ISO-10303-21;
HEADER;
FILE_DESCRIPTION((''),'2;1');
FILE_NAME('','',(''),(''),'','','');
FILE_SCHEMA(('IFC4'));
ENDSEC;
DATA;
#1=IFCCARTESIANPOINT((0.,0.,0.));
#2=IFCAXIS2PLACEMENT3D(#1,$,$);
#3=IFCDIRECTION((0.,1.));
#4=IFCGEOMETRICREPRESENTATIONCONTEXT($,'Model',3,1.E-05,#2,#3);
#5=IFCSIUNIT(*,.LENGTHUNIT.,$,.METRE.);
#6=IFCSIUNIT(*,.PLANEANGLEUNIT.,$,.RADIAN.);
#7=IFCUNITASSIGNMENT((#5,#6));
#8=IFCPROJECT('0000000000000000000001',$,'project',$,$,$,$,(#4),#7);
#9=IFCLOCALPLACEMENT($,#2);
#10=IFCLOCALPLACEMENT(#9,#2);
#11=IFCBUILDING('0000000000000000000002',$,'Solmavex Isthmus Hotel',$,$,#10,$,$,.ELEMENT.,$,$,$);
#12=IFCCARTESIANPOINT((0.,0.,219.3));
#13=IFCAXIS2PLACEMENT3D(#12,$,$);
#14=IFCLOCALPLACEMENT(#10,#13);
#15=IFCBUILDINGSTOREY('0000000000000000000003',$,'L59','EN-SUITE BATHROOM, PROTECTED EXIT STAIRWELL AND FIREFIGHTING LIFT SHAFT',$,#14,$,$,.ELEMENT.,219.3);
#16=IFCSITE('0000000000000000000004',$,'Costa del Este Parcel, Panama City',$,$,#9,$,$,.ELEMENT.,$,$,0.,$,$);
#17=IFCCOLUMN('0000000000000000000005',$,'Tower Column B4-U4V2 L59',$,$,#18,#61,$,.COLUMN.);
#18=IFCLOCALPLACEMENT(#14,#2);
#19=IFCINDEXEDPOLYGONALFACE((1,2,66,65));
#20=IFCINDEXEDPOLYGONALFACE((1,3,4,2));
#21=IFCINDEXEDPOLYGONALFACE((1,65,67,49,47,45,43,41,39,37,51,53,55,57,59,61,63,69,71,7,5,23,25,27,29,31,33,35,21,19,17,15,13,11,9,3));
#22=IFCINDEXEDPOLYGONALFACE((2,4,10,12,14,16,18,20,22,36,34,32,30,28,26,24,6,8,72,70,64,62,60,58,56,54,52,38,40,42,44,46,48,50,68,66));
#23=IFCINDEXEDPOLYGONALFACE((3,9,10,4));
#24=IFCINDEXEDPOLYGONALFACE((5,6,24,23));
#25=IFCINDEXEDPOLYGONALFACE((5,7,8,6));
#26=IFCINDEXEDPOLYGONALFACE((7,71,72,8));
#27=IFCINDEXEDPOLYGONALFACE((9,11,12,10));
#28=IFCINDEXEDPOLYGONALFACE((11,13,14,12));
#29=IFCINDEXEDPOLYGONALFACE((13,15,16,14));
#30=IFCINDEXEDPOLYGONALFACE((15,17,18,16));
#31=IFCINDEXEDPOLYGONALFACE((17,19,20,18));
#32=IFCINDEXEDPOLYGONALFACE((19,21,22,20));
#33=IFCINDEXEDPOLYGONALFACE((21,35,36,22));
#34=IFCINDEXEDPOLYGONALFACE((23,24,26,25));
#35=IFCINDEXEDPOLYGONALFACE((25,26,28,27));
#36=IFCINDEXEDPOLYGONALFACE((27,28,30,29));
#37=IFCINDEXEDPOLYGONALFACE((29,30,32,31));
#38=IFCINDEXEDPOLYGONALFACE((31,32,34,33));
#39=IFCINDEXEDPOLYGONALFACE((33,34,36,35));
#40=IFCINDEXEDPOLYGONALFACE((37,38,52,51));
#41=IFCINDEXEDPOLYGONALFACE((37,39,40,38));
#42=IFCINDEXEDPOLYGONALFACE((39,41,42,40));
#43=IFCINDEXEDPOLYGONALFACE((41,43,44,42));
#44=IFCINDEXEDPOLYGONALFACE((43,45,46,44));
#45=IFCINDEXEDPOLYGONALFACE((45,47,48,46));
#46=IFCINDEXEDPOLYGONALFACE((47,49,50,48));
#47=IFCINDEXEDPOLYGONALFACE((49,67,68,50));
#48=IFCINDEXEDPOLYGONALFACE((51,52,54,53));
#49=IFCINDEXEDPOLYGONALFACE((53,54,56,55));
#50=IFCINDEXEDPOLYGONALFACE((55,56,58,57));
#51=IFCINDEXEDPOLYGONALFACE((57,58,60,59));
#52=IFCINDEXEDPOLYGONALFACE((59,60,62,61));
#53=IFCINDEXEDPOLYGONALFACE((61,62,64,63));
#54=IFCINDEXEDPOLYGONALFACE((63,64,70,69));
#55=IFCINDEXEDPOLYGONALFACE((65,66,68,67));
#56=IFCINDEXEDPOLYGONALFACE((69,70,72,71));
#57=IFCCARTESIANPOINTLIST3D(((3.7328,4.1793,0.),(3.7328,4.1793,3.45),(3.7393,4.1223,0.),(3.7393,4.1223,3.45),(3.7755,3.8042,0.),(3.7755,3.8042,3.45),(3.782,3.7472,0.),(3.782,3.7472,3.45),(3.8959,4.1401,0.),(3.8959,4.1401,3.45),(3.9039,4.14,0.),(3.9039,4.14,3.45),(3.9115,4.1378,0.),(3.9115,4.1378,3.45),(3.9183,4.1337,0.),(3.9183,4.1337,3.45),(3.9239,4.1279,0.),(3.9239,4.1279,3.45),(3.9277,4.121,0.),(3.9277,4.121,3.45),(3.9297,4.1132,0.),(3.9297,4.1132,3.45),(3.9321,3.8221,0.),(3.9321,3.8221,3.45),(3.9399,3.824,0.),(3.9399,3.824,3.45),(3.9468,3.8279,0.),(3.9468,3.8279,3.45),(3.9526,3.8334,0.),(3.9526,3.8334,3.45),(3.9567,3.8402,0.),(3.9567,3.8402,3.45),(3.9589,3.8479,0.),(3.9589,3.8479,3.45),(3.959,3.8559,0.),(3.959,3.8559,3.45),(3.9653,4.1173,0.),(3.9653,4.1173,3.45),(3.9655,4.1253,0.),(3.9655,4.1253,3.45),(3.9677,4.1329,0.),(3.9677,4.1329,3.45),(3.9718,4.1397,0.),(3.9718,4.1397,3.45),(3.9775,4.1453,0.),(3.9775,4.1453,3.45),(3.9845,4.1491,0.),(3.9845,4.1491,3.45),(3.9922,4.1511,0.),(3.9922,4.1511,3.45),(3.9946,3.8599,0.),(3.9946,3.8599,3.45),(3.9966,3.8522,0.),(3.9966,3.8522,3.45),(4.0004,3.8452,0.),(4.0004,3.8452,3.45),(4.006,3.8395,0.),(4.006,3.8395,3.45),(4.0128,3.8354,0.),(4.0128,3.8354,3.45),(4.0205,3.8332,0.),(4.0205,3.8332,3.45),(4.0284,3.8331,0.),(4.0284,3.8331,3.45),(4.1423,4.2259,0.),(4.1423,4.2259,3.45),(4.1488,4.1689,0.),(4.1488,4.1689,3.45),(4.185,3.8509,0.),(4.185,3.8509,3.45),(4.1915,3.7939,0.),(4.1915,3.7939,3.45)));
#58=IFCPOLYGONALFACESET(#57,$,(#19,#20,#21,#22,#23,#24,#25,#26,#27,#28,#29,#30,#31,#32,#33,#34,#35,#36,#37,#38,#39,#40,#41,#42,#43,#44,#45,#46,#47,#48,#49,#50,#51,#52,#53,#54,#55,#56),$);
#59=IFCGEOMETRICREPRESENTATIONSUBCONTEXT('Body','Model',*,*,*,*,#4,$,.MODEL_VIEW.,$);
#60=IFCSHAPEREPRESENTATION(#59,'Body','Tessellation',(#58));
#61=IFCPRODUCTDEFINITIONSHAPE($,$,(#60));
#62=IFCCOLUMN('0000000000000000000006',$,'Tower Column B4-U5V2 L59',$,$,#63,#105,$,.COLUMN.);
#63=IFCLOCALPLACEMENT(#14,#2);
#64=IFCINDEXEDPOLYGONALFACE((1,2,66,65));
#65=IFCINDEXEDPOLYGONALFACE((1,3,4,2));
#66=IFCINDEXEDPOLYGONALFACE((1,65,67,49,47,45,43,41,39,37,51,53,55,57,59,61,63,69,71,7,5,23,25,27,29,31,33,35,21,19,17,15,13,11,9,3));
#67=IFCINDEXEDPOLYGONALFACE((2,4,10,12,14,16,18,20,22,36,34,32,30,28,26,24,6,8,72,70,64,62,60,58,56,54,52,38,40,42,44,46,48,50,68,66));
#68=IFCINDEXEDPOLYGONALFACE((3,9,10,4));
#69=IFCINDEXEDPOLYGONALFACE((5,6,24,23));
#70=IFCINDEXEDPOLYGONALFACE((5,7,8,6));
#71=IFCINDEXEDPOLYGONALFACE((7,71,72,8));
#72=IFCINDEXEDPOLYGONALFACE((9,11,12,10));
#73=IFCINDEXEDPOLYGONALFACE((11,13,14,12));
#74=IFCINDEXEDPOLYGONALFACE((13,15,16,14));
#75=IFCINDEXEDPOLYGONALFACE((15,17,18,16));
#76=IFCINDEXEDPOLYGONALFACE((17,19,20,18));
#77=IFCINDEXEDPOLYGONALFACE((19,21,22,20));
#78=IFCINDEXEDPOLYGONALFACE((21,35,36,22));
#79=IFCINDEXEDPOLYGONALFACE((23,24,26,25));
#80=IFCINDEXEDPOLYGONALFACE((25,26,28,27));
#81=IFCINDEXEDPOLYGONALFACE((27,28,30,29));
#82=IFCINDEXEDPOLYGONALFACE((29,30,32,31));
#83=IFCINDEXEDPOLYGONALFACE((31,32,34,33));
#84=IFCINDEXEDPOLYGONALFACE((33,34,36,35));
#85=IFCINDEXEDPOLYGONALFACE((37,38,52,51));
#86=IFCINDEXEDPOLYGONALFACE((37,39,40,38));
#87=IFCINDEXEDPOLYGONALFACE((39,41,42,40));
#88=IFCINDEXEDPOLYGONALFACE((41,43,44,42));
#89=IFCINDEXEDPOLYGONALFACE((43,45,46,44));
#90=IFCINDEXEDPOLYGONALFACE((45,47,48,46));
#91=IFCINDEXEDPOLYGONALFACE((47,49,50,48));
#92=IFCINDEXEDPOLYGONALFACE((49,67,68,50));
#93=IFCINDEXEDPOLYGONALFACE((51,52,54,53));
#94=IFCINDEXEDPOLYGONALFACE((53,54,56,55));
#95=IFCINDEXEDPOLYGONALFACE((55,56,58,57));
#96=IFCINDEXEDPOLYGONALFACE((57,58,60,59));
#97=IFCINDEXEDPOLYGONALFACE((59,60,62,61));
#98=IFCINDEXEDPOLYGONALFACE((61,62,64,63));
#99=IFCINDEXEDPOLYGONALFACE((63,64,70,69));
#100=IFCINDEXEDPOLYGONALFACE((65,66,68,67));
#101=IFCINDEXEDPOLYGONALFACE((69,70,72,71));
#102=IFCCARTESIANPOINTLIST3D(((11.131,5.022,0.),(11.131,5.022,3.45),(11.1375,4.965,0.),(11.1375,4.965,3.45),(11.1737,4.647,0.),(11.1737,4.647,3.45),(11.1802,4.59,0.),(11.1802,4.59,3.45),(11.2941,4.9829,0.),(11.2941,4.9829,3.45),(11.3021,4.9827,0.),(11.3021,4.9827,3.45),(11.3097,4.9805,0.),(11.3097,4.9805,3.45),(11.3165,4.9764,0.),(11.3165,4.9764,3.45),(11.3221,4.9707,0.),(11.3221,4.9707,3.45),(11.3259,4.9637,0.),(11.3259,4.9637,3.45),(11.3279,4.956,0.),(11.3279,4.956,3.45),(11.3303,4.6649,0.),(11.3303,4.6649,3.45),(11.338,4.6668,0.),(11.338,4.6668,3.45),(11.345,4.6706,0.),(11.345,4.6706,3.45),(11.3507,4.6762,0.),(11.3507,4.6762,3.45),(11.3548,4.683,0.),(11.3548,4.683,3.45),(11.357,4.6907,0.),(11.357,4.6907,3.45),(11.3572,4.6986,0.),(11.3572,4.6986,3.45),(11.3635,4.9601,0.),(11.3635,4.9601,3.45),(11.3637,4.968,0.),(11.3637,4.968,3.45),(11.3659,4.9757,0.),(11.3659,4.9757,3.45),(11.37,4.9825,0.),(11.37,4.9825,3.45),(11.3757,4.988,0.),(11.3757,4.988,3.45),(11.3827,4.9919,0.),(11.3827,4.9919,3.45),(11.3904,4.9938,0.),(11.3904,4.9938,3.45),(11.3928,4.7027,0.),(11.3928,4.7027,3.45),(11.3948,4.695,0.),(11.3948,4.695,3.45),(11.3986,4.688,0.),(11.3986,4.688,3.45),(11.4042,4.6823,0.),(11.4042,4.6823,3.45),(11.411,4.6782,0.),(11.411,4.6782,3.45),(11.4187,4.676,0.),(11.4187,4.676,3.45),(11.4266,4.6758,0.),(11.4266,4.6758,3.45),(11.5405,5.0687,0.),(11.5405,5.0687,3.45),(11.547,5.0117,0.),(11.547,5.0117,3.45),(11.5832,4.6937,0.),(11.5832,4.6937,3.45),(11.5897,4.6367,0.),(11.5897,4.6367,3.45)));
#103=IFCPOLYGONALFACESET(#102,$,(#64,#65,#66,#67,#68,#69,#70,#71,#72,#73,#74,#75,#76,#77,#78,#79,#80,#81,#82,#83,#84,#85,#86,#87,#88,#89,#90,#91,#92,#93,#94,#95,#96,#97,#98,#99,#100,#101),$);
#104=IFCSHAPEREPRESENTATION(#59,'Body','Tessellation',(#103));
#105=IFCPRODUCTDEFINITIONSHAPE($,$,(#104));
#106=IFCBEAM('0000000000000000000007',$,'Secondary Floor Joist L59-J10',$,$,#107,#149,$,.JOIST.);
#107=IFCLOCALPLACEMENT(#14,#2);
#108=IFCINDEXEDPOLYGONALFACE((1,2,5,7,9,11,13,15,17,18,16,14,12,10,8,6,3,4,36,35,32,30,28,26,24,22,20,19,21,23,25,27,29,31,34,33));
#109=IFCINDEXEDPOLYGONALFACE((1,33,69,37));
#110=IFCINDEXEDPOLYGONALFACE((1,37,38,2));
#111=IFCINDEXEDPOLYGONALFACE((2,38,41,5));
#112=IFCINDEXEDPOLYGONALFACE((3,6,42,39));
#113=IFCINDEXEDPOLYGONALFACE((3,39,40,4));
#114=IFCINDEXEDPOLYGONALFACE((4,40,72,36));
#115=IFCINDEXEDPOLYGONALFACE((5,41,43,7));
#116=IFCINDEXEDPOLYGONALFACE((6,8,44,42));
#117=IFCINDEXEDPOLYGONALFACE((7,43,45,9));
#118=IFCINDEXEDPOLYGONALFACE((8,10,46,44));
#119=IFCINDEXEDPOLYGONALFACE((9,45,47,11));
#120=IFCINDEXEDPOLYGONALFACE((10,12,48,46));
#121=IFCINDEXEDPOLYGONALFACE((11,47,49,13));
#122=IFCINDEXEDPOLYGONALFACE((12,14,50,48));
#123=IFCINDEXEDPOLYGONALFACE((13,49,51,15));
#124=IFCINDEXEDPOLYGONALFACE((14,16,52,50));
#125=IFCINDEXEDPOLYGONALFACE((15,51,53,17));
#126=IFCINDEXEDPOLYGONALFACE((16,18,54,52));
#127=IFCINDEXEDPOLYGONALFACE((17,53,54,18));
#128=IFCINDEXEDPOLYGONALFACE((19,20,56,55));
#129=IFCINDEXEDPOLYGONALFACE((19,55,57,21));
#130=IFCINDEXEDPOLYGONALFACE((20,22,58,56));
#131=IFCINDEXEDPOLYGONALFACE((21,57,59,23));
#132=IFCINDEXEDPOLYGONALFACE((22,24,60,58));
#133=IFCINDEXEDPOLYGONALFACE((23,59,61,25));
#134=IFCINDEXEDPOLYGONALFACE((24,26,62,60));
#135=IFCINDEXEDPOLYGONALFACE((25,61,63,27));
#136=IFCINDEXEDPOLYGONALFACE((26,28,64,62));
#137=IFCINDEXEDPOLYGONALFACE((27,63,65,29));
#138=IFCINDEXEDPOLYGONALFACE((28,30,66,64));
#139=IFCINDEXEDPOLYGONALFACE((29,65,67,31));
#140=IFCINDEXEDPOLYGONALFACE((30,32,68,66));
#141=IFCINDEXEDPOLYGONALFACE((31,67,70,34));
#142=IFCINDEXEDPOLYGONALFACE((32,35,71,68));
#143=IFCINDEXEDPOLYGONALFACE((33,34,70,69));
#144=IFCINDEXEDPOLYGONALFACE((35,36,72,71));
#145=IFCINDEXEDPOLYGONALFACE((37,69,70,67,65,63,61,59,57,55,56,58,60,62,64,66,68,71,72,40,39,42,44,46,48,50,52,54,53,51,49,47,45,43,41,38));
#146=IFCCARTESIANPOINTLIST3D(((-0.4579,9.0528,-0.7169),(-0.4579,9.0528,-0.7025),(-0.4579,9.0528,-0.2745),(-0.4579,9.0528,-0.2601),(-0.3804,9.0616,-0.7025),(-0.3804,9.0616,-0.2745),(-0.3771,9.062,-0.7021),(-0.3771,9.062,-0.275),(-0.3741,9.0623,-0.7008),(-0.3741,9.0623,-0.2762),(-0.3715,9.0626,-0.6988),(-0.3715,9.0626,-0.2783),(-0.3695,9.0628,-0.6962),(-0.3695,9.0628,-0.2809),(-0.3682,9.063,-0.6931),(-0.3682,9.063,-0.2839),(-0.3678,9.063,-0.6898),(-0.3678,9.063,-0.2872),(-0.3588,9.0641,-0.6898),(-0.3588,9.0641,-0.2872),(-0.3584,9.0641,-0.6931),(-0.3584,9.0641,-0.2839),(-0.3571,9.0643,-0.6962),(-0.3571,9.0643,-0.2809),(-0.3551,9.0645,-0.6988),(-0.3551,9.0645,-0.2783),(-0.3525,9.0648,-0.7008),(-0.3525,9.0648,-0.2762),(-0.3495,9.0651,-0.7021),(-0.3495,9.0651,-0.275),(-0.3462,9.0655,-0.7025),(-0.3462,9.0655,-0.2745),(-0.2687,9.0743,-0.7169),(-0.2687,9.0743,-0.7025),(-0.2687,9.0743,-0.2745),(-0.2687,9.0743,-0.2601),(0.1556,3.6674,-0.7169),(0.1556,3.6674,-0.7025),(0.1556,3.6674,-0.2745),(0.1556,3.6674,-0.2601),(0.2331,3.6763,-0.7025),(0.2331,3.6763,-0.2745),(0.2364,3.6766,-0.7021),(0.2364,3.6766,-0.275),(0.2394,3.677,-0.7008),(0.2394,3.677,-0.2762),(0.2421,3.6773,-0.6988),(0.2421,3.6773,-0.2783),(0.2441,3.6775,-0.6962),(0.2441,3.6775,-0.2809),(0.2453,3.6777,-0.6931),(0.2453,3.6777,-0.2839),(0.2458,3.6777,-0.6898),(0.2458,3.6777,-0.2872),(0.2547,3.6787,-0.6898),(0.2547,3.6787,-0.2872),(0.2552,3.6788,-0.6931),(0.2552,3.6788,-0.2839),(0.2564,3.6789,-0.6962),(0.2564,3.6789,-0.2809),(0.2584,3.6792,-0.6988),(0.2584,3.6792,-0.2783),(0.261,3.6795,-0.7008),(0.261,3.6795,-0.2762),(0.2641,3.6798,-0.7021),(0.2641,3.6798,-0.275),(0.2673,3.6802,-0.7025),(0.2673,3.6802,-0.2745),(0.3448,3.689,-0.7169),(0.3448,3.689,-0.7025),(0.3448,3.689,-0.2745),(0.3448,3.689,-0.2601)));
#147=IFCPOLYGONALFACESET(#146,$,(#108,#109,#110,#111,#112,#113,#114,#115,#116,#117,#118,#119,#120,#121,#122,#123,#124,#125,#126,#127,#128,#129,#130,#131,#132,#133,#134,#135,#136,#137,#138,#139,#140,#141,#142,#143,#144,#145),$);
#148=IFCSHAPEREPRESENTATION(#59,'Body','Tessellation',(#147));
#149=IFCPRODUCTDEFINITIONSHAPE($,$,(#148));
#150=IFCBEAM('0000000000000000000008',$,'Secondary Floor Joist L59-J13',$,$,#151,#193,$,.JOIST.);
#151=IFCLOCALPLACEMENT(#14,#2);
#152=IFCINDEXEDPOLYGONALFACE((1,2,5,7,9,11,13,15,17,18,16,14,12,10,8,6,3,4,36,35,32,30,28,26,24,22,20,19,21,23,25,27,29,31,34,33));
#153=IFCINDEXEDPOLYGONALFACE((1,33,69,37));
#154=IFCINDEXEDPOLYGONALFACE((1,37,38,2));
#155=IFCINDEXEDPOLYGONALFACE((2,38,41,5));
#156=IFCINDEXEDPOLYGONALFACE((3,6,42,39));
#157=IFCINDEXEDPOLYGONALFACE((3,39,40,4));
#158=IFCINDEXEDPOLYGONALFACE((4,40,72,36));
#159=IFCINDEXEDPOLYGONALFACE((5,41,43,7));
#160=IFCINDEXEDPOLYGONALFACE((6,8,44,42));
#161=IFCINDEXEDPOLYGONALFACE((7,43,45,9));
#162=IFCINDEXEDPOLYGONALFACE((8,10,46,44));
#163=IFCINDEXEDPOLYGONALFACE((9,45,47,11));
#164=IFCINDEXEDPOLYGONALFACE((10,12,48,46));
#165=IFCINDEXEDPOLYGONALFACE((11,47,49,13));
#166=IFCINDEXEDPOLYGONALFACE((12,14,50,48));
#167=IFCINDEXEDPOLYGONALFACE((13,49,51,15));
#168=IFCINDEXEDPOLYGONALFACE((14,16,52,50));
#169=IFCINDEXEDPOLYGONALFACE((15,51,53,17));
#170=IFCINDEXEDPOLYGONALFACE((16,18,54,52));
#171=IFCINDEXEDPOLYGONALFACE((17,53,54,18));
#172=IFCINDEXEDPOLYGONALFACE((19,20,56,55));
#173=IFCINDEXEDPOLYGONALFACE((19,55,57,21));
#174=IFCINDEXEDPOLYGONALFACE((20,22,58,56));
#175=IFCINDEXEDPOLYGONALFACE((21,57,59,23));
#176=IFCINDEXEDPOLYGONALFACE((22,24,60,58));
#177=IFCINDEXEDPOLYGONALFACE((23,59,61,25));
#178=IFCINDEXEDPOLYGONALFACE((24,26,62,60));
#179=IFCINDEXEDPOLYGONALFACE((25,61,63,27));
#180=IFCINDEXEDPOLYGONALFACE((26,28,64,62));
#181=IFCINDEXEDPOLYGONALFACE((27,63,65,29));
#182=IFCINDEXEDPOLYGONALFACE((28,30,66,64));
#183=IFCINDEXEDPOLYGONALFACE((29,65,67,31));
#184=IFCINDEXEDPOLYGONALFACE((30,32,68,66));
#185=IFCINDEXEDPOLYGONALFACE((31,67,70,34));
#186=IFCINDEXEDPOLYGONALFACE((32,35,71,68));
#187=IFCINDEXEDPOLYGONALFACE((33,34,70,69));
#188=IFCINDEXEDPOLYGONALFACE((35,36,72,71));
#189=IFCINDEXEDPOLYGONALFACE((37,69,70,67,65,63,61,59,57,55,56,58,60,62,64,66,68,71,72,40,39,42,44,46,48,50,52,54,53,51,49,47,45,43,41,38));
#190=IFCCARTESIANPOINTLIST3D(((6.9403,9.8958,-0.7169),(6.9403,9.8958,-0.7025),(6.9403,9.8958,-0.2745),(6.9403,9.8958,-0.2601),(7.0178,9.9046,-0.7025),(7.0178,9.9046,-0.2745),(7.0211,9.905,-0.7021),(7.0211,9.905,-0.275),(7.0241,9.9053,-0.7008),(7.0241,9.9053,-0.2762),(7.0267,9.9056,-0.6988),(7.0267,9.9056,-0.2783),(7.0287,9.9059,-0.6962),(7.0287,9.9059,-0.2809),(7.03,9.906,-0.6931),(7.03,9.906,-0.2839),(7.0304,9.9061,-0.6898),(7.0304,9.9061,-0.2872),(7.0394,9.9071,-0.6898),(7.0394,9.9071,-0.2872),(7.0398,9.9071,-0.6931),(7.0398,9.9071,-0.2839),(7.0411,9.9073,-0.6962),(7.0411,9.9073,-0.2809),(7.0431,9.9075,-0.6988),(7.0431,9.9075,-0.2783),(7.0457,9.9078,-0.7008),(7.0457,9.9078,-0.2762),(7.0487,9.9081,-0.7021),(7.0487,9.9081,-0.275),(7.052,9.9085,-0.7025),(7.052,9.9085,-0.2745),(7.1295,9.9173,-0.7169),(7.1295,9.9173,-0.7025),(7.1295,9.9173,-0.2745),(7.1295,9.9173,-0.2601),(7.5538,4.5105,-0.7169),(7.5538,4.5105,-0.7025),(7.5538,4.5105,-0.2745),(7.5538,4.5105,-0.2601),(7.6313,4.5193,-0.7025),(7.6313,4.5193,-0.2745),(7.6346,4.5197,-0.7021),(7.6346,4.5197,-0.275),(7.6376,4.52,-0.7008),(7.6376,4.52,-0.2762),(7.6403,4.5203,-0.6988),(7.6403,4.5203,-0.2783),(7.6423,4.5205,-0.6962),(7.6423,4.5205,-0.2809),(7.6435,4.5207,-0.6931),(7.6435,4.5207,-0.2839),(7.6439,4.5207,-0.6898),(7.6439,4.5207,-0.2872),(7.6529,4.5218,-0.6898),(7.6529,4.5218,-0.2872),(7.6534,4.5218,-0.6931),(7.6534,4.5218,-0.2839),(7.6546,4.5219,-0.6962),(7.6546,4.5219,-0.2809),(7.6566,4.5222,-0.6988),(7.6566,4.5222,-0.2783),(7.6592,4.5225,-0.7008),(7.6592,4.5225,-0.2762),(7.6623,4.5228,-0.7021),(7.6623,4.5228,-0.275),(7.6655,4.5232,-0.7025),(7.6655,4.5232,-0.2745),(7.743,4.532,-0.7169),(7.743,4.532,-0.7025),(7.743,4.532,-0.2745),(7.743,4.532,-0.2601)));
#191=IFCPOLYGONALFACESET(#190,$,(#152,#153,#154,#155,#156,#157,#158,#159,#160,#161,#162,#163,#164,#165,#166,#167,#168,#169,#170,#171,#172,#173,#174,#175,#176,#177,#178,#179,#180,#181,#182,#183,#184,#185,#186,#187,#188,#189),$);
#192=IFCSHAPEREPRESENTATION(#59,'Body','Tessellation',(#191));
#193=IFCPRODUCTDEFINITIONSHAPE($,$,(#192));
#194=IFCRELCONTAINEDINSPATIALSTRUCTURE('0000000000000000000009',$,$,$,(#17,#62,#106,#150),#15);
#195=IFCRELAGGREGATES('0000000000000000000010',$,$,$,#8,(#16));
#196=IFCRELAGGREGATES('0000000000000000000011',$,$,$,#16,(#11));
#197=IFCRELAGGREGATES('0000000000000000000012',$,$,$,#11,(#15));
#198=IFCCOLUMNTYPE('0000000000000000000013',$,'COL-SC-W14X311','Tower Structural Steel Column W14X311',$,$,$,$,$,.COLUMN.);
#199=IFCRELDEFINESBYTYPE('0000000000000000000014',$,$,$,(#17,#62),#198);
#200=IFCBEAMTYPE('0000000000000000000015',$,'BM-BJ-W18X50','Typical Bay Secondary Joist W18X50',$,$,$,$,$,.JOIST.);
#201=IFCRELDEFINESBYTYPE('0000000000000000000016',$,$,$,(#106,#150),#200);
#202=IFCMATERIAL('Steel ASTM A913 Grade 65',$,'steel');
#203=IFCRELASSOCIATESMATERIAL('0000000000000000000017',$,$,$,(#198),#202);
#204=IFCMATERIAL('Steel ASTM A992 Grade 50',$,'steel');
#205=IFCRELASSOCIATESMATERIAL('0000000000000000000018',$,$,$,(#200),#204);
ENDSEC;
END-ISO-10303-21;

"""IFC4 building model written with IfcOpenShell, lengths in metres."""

from ifc_helpers import new_model, si_unit, direction, frame, origin, origin_2d, place, context, subcontext, project, spatial, i_section, extrude, material, material_profile, profile_set, type_object, element, save


model = new_model("IFC4")

# Units and contexts
model_context = context("Model", 3, precision=1e-05, world=origin(), true_north=direction((0.0, 1.0)))
body_context = subcontext(model_context, "Body", "Model", "MODEL_VIEW")
ifc_project = project(units=[si_unit("LENGTHUNIT", "METRE"), si_unit("PLANEANGLEUNIT", "RADIAN")], contexts=[model_context])

# Site, building, storey
site_placement = place(None, origin())
site = spatial("IfcSite", under=ifc_project, at=site_placement, Name="Costa del Este Parcel, Panama City", CompositionType="ELEMENT", RefElevation=0.0)
building_placement = place(site_placement, origin())
building = spatial("IfcBuilding", under=site, at=building_placement, Name="Solmavex Isthmus Hotel", CompositionType="ELEMENT")
storey_placement = place(building_placement, frame((0.0, 0.0, 219.3)))
storey = spatial("IfcBuildingStorey", under=building, at=storey_placement, Name="L59", Description="EN-SUITE BATHROOM, PROTECTED EXIT STAIRWELL AND FIREFIGHTING LIFT SHAFT", CompositionType="ELEMENT", Elevation=219.3)

# Columns
ifc_material_1 = material(Name="Steel ASTM A913 Grade 65", Category="steel")
ifc_material_profile_1 = material_profile(ifc_material_1, i_section(OverallWidth=0.4121, OverallDepth=0.4348, WebThickness=0.0359, FlangeThickness=0.0574, FilletRadius=0.0305, at=origin_2d()), Name="W14X311")
ifc_profile_set_1 = profile_set([ifc_material_profile_1], Name="Steel ASTM A913 Grade 65")
column_type = type_object("IfcColumnType", Name="COL-SC-W14X311", Description="Tower Structural Steel Column W14X311", PredefinedType="COLUMN", material=ifc_profile_set_1)
for number, where, z_axis, x_axis, name in (
    (1, (3.9622, 3.9866, 0.0), (0.0, 0.0, 1.0), (0.993572, 0.113203, 0.0), "Tower Column B4-U4V2 L59"),
    (2, (11.3604, 4.8293, 0.0), (0.0, 0.0, 1.0), (0.993572, 0.113203, 0.0), "Tower Column B4-U5V2 L59"),
):
    element("IfcColumn", number, at=place(storey_placement, frame(where, z_axis=z_axis, x_axis=x_axis)), inside=storey, type_object=column_type, Name=name, PredefinedType="COLUMN", context=body_context, shape_type="SweptSolid", body=[
        extrude(i_section(OverallWidth=0.4121, OverallDepth=0.4348, WebThickness=0.0359, FlangeThickness=0.0574, FilletRadius=0.0305, at=origin_2d()), origin(), (0.0, 0.0, 1.0), 3.45),
    ])

# Beams
ifc_material_2 = material(Name="Steel ASTM A992 Grade 50", Category="steel")
ifc_material_profile_2 = material_profile(ifc_material_2, i_section(OverallWidth=0.1904, OverallDepth=0.4568, WebThickness=0.009, FlangeThickness=0.0144, FilletRadius=0.0127, at=origin_2d()), Name="W18X50")
ifc_profile_set_2 = profile_set([ifc_material_profile_2], Name="Steel ASTM A992 Grade 50")
beam_type_1 = type_object("IfcBeamType", Name="BM-BJ-W18X50", Description="Typical Bay Secondary Joist W18X50", PredefinedType="JOIST", material=ifc_profile_set_2)
for number, where, z_axis, x_axis, name in (
    (3, (0.2502, 3.6782, -0.4885), (-0.113195, 0.993573, 0.0), (-0.993573, -0.113195, 0.0), "Secondary Floor Joist L59-J10"),
    (4, (7.6484, 4.5212, -0.4885), (-0.113195, 0.993573, 0.0), (-0.993573, -0.113195, 0.0), "Secondary Floor Joist L59-J13"),
):
    element("IfcBeam", number, at=place(storey_placement, frame(where, z_axis=z_axis, x_axis=x_axis)), inside=storey, type_object=beam_type_1, Name=name, PredefinedType="JOIST", context=body_context, shape_type="SweptSolid", body=[
        extrude(i_section(OverallWidth=0.1904, OverallDepth=0.4568, WebThickness=0.009, FlangeThickness=0.0144, FilletRadius=0.0127, at=origin_2d()), origin(), (0.0, 0.0, 1.0), 5.4202),
    ])

save(model, "model.ifc")
